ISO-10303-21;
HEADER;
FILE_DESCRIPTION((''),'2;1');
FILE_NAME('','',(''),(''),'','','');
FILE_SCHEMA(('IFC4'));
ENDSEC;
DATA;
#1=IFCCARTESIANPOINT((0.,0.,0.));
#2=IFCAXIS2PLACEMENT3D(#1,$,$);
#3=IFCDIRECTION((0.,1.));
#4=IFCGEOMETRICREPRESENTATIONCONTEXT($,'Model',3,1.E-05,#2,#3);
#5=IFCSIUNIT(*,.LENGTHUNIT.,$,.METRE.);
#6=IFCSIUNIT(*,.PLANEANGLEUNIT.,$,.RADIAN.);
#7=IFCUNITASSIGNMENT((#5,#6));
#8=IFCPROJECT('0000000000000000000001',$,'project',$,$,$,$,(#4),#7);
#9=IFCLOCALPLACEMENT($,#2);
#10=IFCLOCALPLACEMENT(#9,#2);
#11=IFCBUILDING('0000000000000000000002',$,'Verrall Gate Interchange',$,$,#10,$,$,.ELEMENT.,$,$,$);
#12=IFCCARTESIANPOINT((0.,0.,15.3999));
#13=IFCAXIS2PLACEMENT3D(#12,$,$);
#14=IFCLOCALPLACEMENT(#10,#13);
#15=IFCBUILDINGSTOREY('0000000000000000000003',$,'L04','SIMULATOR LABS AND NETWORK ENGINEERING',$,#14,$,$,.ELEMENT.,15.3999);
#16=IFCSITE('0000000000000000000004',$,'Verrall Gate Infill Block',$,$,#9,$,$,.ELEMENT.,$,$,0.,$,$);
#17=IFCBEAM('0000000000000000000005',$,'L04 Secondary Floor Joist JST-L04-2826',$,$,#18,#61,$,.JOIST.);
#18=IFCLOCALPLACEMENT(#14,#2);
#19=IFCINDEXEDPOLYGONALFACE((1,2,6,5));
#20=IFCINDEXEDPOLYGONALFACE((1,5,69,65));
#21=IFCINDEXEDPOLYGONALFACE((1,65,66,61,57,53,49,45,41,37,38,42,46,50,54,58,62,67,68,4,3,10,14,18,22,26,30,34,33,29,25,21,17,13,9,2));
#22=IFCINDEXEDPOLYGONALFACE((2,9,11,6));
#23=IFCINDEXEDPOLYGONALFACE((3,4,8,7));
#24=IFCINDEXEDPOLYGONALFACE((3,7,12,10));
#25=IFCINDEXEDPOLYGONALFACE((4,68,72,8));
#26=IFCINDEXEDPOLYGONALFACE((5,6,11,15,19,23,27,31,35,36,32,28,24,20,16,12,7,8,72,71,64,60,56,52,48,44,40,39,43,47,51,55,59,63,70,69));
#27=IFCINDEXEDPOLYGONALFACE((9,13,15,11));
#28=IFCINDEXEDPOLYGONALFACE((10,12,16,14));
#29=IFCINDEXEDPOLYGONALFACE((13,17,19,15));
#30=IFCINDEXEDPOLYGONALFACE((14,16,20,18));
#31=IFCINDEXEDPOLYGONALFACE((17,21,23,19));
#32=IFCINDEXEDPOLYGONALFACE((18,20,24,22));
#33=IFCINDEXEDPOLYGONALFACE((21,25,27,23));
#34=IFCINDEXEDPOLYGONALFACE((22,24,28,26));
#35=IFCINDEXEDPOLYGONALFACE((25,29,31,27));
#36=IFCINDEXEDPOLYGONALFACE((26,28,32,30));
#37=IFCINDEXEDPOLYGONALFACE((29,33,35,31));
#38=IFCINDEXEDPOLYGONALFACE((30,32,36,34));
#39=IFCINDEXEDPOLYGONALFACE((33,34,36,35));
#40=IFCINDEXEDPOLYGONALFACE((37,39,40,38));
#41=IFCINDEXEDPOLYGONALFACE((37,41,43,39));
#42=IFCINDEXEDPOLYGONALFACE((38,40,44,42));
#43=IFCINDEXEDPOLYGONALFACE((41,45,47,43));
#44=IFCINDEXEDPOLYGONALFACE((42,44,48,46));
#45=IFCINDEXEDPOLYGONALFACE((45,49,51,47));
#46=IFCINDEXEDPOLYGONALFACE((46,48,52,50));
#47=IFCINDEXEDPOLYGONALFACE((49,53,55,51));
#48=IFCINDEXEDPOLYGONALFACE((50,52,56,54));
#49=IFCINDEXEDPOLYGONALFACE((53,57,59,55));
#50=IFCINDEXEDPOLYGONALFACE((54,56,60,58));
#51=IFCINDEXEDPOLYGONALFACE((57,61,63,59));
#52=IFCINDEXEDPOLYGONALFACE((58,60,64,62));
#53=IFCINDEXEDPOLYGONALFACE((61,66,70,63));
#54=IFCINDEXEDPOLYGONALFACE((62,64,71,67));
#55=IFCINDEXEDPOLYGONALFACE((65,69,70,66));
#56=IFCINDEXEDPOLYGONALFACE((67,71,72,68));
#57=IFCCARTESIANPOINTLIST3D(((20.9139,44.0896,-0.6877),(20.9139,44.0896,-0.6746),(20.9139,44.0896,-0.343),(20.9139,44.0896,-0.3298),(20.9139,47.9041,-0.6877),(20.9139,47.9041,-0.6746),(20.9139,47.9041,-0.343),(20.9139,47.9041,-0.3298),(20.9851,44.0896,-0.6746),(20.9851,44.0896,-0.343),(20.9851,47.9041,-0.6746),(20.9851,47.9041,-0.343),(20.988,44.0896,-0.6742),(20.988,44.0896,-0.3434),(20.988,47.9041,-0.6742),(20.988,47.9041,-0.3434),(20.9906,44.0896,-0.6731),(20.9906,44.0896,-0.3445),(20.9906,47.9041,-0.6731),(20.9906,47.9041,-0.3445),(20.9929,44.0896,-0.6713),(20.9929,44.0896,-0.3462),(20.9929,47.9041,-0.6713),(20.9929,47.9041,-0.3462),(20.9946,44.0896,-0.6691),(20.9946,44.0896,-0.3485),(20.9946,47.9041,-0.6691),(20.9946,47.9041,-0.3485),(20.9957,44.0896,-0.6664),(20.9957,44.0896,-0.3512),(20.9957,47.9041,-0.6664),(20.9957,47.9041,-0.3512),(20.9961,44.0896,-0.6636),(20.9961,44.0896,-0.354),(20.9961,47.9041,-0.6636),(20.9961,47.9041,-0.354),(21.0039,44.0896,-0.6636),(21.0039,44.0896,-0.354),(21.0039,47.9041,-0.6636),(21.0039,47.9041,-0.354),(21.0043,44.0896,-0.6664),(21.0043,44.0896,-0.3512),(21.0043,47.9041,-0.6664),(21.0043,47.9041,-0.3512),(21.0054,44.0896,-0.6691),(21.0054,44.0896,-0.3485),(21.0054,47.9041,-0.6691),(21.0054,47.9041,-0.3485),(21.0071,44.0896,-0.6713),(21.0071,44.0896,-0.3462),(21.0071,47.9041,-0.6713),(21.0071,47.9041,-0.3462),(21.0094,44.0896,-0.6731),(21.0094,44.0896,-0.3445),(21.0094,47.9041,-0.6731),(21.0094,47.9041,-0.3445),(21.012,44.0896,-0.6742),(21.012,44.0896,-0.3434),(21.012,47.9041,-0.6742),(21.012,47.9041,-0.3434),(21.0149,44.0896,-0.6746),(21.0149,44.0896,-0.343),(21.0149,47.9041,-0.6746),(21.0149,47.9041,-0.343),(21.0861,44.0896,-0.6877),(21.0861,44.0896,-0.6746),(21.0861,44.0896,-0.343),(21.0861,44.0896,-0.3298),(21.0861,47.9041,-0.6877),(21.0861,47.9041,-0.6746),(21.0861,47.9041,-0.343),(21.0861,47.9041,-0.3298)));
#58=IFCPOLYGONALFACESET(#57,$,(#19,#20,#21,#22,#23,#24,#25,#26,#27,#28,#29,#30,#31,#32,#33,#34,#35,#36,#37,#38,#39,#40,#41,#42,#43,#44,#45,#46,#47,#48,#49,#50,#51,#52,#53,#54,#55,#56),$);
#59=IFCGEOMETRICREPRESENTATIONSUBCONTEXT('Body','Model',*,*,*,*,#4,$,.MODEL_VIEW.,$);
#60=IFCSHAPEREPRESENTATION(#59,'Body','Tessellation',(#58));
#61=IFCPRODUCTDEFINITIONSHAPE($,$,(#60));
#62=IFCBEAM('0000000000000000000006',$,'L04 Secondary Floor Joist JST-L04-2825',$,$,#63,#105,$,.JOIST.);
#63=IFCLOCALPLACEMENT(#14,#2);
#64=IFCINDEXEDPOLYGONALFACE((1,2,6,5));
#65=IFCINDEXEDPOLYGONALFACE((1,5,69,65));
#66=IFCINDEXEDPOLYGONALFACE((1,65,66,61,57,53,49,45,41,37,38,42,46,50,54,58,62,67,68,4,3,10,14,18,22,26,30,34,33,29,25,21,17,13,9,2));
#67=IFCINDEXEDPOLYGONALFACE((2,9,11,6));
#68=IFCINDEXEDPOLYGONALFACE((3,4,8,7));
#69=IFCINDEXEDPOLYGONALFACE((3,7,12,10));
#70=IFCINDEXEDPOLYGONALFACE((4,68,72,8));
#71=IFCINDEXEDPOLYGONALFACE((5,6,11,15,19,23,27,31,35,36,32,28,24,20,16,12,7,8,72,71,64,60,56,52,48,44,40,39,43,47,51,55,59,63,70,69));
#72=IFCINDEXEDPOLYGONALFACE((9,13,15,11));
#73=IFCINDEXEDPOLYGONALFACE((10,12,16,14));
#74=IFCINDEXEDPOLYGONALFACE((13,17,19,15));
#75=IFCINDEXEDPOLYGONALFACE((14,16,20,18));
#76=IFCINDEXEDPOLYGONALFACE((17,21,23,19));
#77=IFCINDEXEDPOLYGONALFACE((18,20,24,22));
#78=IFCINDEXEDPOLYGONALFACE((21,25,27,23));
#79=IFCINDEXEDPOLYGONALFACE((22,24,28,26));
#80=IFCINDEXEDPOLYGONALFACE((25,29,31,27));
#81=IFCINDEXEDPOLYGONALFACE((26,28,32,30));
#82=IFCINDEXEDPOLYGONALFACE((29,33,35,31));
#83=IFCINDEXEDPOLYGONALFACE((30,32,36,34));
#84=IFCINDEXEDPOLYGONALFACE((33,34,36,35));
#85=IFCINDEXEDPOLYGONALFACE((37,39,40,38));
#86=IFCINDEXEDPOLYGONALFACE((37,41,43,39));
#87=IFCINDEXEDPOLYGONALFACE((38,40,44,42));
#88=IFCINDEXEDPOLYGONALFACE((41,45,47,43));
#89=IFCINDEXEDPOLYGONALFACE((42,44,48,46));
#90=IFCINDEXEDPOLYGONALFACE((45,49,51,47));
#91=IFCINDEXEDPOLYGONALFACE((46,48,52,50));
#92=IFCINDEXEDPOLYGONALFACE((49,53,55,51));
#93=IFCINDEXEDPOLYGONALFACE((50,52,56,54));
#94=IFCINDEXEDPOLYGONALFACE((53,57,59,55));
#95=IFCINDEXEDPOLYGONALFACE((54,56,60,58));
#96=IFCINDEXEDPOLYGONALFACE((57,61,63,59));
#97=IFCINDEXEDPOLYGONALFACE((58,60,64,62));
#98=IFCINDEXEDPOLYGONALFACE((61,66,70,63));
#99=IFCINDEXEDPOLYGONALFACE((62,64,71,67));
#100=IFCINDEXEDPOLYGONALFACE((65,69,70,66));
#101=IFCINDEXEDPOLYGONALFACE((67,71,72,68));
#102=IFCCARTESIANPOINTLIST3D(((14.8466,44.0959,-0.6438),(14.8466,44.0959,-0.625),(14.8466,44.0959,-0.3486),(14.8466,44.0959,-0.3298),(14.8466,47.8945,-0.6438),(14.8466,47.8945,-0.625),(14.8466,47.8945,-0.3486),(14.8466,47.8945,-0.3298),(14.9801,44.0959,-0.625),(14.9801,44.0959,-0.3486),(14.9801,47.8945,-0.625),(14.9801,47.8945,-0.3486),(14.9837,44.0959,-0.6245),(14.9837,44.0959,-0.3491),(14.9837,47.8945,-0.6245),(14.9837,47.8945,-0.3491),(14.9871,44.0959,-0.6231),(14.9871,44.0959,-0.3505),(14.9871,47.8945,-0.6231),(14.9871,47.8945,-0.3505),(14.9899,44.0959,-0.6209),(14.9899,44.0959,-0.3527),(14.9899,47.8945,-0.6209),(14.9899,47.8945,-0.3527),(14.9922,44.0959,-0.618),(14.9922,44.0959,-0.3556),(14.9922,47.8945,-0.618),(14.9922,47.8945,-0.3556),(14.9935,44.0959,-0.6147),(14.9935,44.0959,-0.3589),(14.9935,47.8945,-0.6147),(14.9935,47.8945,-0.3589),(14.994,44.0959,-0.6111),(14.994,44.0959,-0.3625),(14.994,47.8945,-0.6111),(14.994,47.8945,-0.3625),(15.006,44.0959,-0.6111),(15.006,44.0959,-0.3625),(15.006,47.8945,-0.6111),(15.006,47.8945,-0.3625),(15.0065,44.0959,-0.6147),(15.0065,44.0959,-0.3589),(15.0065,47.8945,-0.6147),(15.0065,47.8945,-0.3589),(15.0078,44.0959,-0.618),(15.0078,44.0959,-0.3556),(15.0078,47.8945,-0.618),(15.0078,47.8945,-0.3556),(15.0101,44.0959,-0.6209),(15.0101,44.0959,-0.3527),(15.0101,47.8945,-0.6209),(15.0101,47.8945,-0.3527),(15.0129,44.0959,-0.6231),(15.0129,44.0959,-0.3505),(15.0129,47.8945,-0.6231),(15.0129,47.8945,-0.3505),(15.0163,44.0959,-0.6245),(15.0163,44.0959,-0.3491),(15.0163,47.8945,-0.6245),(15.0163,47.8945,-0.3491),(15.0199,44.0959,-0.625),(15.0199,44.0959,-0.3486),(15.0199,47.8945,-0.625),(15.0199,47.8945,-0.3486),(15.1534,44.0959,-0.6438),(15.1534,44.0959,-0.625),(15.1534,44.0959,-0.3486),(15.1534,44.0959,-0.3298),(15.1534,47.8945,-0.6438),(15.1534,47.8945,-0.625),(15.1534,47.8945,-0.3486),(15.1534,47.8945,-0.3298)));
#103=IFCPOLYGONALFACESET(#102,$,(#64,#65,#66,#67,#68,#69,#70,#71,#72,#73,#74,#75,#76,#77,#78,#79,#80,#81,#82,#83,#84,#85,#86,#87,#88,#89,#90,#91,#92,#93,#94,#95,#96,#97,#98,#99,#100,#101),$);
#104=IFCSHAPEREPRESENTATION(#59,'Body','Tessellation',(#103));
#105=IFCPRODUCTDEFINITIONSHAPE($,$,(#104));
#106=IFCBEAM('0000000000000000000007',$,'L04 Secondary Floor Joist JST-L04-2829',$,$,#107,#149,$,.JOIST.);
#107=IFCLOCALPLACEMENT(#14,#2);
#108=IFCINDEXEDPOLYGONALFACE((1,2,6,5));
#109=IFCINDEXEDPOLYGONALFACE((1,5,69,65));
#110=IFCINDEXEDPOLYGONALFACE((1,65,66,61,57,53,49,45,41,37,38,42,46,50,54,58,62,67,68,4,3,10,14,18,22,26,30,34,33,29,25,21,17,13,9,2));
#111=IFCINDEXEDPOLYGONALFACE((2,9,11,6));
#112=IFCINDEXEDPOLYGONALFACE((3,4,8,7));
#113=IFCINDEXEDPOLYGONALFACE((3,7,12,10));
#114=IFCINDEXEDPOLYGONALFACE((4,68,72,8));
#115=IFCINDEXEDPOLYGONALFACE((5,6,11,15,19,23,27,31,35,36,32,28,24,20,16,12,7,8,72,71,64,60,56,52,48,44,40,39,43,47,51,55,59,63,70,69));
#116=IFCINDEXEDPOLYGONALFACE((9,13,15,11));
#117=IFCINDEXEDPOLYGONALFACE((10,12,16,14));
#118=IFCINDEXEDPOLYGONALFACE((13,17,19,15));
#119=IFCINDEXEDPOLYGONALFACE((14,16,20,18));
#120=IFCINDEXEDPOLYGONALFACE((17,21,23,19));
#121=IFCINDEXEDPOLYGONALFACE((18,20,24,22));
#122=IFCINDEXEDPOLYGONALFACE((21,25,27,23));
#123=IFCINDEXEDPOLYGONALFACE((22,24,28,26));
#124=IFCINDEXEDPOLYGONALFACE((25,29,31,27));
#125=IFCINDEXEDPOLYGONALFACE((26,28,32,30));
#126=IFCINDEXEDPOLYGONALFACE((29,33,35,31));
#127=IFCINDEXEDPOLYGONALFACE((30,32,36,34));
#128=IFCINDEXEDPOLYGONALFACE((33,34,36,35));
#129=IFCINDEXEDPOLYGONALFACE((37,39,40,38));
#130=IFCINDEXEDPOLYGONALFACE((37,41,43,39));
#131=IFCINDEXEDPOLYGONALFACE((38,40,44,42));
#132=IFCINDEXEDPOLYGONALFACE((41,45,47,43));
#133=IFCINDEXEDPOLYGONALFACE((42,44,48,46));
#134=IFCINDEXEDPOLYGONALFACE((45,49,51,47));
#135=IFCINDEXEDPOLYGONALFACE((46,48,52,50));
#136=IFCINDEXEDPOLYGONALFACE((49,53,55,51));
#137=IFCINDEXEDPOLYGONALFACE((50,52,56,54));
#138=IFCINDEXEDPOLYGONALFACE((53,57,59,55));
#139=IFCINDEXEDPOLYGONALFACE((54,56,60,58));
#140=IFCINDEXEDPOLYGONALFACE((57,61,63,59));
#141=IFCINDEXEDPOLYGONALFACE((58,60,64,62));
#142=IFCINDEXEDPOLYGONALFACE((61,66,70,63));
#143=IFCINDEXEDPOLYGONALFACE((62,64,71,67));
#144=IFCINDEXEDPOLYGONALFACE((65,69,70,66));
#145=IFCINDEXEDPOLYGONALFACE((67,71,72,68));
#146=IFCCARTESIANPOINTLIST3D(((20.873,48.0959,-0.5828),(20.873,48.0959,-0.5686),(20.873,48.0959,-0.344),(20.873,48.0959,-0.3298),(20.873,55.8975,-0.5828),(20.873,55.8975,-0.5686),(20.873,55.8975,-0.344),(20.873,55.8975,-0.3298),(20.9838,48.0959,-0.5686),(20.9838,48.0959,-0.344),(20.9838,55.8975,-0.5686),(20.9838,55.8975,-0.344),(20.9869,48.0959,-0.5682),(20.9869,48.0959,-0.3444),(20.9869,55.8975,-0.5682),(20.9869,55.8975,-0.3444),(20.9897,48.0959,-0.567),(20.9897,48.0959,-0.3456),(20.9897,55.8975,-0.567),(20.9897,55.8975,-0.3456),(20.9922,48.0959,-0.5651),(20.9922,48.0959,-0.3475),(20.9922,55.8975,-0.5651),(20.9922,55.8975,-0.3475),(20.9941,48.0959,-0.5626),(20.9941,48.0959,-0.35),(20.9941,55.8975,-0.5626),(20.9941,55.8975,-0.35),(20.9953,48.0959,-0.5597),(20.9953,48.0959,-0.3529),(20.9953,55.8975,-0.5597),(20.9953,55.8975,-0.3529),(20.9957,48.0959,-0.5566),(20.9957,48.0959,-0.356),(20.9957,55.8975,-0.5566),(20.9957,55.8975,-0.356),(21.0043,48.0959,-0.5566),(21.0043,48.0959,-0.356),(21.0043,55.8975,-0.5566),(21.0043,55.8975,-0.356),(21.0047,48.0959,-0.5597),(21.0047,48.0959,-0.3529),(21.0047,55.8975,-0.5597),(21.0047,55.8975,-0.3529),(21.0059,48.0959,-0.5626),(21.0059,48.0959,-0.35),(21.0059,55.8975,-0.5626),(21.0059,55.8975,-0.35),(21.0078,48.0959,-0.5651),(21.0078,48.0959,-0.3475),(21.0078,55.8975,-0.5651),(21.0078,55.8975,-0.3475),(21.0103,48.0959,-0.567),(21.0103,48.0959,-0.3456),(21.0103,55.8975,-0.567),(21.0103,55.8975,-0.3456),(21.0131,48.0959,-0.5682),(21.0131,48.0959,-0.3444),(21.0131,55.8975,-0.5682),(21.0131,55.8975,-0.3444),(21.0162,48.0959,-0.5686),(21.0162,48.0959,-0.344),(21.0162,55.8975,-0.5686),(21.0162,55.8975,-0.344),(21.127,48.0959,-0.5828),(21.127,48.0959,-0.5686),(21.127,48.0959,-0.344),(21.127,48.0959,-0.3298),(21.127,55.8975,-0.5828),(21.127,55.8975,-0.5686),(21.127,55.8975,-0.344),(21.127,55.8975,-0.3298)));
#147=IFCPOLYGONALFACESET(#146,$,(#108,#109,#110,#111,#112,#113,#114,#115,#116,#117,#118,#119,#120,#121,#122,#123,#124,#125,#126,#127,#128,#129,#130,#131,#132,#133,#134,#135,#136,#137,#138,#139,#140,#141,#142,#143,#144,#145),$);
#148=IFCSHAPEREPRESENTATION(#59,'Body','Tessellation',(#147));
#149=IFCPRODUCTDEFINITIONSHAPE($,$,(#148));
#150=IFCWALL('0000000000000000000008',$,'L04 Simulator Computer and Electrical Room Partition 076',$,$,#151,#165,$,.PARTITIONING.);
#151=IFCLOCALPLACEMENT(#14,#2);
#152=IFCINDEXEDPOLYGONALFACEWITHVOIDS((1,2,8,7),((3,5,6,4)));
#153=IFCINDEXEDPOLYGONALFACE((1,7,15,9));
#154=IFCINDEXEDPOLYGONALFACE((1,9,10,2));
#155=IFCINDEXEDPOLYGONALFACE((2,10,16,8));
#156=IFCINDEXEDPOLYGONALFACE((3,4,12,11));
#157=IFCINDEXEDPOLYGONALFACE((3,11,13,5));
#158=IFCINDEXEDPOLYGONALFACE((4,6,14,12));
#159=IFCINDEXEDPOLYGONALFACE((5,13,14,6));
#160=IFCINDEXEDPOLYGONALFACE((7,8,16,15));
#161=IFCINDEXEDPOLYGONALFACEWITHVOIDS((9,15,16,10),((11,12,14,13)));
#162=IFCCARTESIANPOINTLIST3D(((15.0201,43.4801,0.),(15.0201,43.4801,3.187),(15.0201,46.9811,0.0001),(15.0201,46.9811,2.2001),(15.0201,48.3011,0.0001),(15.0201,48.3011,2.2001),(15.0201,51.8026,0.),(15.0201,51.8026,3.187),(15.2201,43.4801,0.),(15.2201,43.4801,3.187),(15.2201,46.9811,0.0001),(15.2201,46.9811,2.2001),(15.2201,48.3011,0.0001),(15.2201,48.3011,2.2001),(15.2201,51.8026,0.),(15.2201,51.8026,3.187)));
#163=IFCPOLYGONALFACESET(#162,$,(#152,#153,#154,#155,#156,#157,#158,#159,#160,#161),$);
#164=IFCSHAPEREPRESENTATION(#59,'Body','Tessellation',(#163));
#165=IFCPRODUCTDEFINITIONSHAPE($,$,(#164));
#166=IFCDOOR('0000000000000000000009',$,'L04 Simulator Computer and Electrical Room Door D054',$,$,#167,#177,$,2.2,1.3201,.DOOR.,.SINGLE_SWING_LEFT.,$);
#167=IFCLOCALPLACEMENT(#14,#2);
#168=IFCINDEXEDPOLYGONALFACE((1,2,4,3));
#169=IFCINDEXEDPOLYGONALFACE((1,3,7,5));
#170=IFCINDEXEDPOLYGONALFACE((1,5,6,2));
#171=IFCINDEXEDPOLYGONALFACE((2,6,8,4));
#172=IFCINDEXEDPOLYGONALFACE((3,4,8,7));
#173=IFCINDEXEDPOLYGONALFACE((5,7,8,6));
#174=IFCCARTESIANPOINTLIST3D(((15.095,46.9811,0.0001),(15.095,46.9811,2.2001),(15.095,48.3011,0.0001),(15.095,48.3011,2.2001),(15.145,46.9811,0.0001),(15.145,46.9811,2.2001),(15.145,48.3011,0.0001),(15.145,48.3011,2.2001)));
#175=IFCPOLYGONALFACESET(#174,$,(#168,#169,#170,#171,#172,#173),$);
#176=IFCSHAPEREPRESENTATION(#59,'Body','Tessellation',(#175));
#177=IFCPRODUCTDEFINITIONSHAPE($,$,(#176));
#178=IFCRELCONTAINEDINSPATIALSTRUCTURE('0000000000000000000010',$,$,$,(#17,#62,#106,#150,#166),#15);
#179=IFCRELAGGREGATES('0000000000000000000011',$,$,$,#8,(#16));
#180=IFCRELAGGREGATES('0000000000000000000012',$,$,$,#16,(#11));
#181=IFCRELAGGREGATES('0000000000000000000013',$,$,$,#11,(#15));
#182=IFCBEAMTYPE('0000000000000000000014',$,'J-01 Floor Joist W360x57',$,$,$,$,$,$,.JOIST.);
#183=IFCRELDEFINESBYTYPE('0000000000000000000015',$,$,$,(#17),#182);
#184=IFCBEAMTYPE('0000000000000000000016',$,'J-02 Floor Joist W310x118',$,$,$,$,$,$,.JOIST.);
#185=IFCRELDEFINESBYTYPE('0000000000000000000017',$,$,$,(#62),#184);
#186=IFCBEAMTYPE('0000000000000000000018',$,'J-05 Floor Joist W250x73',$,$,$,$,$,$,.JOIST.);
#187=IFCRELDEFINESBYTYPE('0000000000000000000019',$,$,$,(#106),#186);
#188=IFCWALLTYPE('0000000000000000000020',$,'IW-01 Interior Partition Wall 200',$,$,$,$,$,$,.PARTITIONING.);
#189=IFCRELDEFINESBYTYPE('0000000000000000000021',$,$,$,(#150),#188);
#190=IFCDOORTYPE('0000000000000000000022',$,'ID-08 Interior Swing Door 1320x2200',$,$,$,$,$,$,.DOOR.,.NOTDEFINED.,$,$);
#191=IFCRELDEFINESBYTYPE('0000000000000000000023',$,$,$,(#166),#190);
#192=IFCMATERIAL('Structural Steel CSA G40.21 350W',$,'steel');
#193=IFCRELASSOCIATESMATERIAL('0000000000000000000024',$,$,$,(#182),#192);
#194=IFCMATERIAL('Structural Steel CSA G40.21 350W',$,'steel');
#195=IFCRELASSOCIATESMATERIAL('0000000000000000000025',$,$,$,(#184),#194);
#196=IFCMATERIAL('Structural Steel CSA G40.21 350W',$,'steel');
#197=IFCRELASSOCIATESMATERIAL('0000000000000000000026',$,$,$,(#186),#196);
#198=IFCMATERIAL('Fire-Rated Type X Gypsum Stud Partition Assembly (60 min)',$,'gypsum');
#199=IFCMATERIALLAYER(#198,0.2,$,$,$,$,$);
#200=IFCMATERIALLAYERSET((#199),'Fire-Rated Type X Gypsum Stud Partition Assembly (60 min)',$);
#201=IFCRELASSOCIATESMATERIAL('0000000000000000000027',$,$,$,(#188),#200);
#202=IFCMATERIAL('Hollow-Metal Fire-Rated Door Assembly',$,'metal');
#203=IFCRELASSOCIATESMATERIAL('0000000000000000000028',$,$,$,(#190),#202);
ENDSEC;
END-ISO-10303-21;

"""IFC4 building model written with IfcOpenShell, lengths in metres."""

from ifc_helpers import new_model, si_unit, direction, frame, frame_2d, origin, origin_2d, place, context, subcontext, project, spatial, rectangle, i_section, extrude, material, layer, layer_set, material_profile, profile_set, type_object, element, fill, save


model = new_model("IFC4")

# Units and contexts
model_context = context("Model", 3, precision=1e-05, world=origin(), true_north=direction((0.0, 1.0)))
body_context = subcontext(model_context, "Body", "Model", "MODEL_VIEW")
ifc_project = project(units=[si_unit("LENGTHUNIT", "METRE"), si_unit("PLANEANGLEUNIT", "RADIAN")], contexts=[model_context])

# Site, building, storey
site_placement = place(None, origin())
site = spatial("IfcSite", under=ifc_project, at=site_placement, Name="Verrall Gate Infill Block", CompositionType="ELEMENT", RefElevation=0.0)
building_placement = place(site_placement, origin())
building = spatial("IfcBuilding", under=site, at=building_placement, Name="Verrall Gate Interchange", CompositionType="ELEMENT")
storey_placement = place(building_placement, frame((0.0, 0.0, 15.3999)))
storey = spatial("IfcBuildingStorey", under=building, at=storey_placement, Name="L04", Description="SIMULATOR LABS AND NETWORK ENGINEERING", CompositionType="ELEMENT", Elevation=15.3999)

# Beams
ifc_material_1 = material(Name="Structural Steel CSA G40.21 350W", Category="steel")
ifc_material_profile_1 = material_profile(ifc_material_1, i_section(OverallWidth=0.1721, OverallDepth=0.3579, WebThickness=0.0078, FlangeThickness=0.0132, FilletRadius=0.011, at=origin_2d()), Name="W360x57")
ifc_profile_set_1 = profile_set([ifc_material_profile_1], Name="Structural Steel CSA G40.21 350W")
beam_type_1 = type_object("IfcBeamType", Name="J-01 Floor Joist W360x57", PredefinedType="JOIST", material=ifc_profile_set_1)
beam_1_placement = place(storey_placement, frame((21.0, 44.0896, -0.5088), z_axis=(0.0, 1.0, 0.0), x_axis=(-1.0, 0.0, 0.0)))
element("IfcBeam", 1, at=beam_1_placement, inside=storey, type_object=beam_type_1, Name="L04 Secondary Floor Joist JST-L04-2826", PredefinedType="JOIST", context=body_context, shape_type="SweptSolid", body=[
    extrude(i_section(OverallWidth=0.1721, OverallDepth=0.3579, WebThickness=0.0078, FlangeThickness=0.0132, FilletRadius=0.011, at=origin_2d()), origin(), (0.0, 0.0, 1.0), 3.8145),
])
ifc_material_2 = material(Name="Structural Steel CSA G40.21 350W", Category="steel")
ifc_material_profile_2 = material_profile(ifc_material_2, i_section(OverallWidth=0.3069, OverallDepth=0.314, WebThickness=0.012, FlangeThickness=0.0188, FilletRadius=0.0139, at=origin_2d()), Name="W310x118")
ifc_profile_set_2 = profile_set([ifc_material_profile_2], Name="Structural Steel CSA G40.21 350W")
beam_type_2 = type_object("IfcBeamType", Name="J-02 Floor Joist W310x118", PredefinedType="JOIST", material=ifc_profile_set_2)
beam_2_placement = place(storey_placement, frame((15.0, 44.0959, -0.4868), z_axis=(0.0, 1.0, 0.0), x_axis=(-1.0, 0.0, 0.0)))
element("IfcBeam", 2, at=beam_2_placement, inside=storey, type_object=beam_type_2, Name="L04 Secondary Floor Joist JST-L04-2825", PredefinedType="JOIST", context=body_context, shape_type="SweptSolid", body=[
    extrude(i_section(OverallWidth=0.3069, OverallDepth=0.314, WebThickness=0.012, FlangeThickness=0.0188, FilletRadius=0.0139, at=origin_2d()), origin(), (0.0, 0.0, 1.0), 3.7986),
])
ifc_material_3 = material(Name="Structural Steel CSA G40.21 350W", Category="steel")
ifc_material_profile_3 = material_profile(ifc_material_3, i_section(OverallWidth=0.2539, OverallDepth=0.2529, WebThickness=0.0085, FlangeThickness=0.0142, FilletRadius=0.012, at=origin_2d()), Name="W250x73")
ifc_profile_set_3 = profile_set([ifc_material_profile_3], Name="Structural Steel CSA G40.21 350W")
beam_type_3 = type_object("IfcBeamType", Name="J-05 Floor Joist W250x73", PredefinedType="JOIST", material=ifc_profile_set_3)
beam_3_placement = place(storey_placement, frame((21.0, 48.0959, -0.4563), z_axis=(0.0, 1.0, 0.0), x_axis=(-1.0, 0.0, 0.0)))
element("IfcBeam", 3, at=beam_3_placement, inside=storey, type_object=beam_type_3, Name="L04 Secondary Floor Joist JST-L04-2829", PredefinedType="JOIST", context=body_context, shape_type="SweptSolid", body=[
    extrude(i_section(OverallWidth=0.2539, OverallDepth=0.2529, WebThickness=0.0085, FlangeThickness=0.0142, FilletRadius=0.012, at=origin_2d()), origin(), (0.0, 0.0, 1.0), 7.8015),
])

# Wall, opening, door
ifc_material_4 = material(Name="Fire-Rated Type X Gypsum Stud Partition Assembly (60 min)", Category="gypsum")
ifc_layer_1 = layer(ifc_material_4, 0.2)
ifc_layer_set_1 = layer_set([ifc_layer_1], Name="Fire-Rated Type X Gypsum Stud Partition Assembly (60 min)")
wall_type_1 = type_object("IfcWallType", Name="IW-01 Interior Partition Wall 200", PredefinedType="PARTITIONING", material=ifc_layer_set_1)
wall_1_placement = place(storey_placement, frame((15.1201, 51.8025, 0.0), z_axis=(0.0, 0.0, 1.0), x_axis=(0.0, -1.0, 0.0)))
wall_1 = element("IfcWall", 4, at=wall_1_placement, inside=storey, type_object=wall_type_1, Name="L04 Simulator Computer and Electrical Room Partition 076", PredefinedType="PARTITIONING", context=body_context, shape_type="SweptSolid", body=[
    extrude(rectangle(XDim=8.3225, YDim=0.2, at=frame_2d((4.1611, 0.0))), origin(), (0.0, 0.0, 1.0), 3.187),
])
opening_1_placement = place(wall_1_placement, frame((3.5012, 0.0, 0.0)))
opening_1 = element("IfcOpeningElement", 5, at=opening_1_placement, cuts=wall_1, PredefinedType="OPENING", context=body_context, shape_type="SweptSolid", body=[
    extrude(rectangle(XDim=1.3201, YDim=2.2, at=frame_2d((0.6602, 1.1001))), frame((0.0, 0.1147, 0.0), z_axis=(0.0, -1.0, 0.0), x_axis=(1.0, 0.0, 0.0)), (0.0, 0.0, 1.0), 0.2297),
])
ifc_material_5 = material(Name="Hollow-Metal Fire-Rated Door Assembly", Category="metal")
door_type_1 = type_object("IfcDoorType", Name="ID-08 Interior Swing Door 1320x2200", OperationType="NOTDEFINED", PredefinedType="DOOR", material=ifc_material_5)
door_1_placement = place(opening_1_placement, origin())
door_1 = element("IfcDoor", 6, at=door_1_placement, inside=storey, type_object=door_type_1, Name="L04 Simulator Computer and Electrical Room Door D054", OperationType="SINGLE_SWING_LEFT", OverallHeight=2.2, OverallWidth=1.3201, PredefinedType="DOOR", context=body_context, shape_type="SweptSolid", body=[
    extrude(rectangle(XDim=1.3201, YDim=2.2, at=frame_2d((0.6602, 1.1001))), frame((0.0, 0.0249, 0.0), z_axis=(0.0, -1.0, 0.0), x_axis=(1.0, 0.0, 0.0)), (0.0, 0.0, 1.0), 0.05),
])
fill(opening_1, door_1)

save(model, "model.ifc")
